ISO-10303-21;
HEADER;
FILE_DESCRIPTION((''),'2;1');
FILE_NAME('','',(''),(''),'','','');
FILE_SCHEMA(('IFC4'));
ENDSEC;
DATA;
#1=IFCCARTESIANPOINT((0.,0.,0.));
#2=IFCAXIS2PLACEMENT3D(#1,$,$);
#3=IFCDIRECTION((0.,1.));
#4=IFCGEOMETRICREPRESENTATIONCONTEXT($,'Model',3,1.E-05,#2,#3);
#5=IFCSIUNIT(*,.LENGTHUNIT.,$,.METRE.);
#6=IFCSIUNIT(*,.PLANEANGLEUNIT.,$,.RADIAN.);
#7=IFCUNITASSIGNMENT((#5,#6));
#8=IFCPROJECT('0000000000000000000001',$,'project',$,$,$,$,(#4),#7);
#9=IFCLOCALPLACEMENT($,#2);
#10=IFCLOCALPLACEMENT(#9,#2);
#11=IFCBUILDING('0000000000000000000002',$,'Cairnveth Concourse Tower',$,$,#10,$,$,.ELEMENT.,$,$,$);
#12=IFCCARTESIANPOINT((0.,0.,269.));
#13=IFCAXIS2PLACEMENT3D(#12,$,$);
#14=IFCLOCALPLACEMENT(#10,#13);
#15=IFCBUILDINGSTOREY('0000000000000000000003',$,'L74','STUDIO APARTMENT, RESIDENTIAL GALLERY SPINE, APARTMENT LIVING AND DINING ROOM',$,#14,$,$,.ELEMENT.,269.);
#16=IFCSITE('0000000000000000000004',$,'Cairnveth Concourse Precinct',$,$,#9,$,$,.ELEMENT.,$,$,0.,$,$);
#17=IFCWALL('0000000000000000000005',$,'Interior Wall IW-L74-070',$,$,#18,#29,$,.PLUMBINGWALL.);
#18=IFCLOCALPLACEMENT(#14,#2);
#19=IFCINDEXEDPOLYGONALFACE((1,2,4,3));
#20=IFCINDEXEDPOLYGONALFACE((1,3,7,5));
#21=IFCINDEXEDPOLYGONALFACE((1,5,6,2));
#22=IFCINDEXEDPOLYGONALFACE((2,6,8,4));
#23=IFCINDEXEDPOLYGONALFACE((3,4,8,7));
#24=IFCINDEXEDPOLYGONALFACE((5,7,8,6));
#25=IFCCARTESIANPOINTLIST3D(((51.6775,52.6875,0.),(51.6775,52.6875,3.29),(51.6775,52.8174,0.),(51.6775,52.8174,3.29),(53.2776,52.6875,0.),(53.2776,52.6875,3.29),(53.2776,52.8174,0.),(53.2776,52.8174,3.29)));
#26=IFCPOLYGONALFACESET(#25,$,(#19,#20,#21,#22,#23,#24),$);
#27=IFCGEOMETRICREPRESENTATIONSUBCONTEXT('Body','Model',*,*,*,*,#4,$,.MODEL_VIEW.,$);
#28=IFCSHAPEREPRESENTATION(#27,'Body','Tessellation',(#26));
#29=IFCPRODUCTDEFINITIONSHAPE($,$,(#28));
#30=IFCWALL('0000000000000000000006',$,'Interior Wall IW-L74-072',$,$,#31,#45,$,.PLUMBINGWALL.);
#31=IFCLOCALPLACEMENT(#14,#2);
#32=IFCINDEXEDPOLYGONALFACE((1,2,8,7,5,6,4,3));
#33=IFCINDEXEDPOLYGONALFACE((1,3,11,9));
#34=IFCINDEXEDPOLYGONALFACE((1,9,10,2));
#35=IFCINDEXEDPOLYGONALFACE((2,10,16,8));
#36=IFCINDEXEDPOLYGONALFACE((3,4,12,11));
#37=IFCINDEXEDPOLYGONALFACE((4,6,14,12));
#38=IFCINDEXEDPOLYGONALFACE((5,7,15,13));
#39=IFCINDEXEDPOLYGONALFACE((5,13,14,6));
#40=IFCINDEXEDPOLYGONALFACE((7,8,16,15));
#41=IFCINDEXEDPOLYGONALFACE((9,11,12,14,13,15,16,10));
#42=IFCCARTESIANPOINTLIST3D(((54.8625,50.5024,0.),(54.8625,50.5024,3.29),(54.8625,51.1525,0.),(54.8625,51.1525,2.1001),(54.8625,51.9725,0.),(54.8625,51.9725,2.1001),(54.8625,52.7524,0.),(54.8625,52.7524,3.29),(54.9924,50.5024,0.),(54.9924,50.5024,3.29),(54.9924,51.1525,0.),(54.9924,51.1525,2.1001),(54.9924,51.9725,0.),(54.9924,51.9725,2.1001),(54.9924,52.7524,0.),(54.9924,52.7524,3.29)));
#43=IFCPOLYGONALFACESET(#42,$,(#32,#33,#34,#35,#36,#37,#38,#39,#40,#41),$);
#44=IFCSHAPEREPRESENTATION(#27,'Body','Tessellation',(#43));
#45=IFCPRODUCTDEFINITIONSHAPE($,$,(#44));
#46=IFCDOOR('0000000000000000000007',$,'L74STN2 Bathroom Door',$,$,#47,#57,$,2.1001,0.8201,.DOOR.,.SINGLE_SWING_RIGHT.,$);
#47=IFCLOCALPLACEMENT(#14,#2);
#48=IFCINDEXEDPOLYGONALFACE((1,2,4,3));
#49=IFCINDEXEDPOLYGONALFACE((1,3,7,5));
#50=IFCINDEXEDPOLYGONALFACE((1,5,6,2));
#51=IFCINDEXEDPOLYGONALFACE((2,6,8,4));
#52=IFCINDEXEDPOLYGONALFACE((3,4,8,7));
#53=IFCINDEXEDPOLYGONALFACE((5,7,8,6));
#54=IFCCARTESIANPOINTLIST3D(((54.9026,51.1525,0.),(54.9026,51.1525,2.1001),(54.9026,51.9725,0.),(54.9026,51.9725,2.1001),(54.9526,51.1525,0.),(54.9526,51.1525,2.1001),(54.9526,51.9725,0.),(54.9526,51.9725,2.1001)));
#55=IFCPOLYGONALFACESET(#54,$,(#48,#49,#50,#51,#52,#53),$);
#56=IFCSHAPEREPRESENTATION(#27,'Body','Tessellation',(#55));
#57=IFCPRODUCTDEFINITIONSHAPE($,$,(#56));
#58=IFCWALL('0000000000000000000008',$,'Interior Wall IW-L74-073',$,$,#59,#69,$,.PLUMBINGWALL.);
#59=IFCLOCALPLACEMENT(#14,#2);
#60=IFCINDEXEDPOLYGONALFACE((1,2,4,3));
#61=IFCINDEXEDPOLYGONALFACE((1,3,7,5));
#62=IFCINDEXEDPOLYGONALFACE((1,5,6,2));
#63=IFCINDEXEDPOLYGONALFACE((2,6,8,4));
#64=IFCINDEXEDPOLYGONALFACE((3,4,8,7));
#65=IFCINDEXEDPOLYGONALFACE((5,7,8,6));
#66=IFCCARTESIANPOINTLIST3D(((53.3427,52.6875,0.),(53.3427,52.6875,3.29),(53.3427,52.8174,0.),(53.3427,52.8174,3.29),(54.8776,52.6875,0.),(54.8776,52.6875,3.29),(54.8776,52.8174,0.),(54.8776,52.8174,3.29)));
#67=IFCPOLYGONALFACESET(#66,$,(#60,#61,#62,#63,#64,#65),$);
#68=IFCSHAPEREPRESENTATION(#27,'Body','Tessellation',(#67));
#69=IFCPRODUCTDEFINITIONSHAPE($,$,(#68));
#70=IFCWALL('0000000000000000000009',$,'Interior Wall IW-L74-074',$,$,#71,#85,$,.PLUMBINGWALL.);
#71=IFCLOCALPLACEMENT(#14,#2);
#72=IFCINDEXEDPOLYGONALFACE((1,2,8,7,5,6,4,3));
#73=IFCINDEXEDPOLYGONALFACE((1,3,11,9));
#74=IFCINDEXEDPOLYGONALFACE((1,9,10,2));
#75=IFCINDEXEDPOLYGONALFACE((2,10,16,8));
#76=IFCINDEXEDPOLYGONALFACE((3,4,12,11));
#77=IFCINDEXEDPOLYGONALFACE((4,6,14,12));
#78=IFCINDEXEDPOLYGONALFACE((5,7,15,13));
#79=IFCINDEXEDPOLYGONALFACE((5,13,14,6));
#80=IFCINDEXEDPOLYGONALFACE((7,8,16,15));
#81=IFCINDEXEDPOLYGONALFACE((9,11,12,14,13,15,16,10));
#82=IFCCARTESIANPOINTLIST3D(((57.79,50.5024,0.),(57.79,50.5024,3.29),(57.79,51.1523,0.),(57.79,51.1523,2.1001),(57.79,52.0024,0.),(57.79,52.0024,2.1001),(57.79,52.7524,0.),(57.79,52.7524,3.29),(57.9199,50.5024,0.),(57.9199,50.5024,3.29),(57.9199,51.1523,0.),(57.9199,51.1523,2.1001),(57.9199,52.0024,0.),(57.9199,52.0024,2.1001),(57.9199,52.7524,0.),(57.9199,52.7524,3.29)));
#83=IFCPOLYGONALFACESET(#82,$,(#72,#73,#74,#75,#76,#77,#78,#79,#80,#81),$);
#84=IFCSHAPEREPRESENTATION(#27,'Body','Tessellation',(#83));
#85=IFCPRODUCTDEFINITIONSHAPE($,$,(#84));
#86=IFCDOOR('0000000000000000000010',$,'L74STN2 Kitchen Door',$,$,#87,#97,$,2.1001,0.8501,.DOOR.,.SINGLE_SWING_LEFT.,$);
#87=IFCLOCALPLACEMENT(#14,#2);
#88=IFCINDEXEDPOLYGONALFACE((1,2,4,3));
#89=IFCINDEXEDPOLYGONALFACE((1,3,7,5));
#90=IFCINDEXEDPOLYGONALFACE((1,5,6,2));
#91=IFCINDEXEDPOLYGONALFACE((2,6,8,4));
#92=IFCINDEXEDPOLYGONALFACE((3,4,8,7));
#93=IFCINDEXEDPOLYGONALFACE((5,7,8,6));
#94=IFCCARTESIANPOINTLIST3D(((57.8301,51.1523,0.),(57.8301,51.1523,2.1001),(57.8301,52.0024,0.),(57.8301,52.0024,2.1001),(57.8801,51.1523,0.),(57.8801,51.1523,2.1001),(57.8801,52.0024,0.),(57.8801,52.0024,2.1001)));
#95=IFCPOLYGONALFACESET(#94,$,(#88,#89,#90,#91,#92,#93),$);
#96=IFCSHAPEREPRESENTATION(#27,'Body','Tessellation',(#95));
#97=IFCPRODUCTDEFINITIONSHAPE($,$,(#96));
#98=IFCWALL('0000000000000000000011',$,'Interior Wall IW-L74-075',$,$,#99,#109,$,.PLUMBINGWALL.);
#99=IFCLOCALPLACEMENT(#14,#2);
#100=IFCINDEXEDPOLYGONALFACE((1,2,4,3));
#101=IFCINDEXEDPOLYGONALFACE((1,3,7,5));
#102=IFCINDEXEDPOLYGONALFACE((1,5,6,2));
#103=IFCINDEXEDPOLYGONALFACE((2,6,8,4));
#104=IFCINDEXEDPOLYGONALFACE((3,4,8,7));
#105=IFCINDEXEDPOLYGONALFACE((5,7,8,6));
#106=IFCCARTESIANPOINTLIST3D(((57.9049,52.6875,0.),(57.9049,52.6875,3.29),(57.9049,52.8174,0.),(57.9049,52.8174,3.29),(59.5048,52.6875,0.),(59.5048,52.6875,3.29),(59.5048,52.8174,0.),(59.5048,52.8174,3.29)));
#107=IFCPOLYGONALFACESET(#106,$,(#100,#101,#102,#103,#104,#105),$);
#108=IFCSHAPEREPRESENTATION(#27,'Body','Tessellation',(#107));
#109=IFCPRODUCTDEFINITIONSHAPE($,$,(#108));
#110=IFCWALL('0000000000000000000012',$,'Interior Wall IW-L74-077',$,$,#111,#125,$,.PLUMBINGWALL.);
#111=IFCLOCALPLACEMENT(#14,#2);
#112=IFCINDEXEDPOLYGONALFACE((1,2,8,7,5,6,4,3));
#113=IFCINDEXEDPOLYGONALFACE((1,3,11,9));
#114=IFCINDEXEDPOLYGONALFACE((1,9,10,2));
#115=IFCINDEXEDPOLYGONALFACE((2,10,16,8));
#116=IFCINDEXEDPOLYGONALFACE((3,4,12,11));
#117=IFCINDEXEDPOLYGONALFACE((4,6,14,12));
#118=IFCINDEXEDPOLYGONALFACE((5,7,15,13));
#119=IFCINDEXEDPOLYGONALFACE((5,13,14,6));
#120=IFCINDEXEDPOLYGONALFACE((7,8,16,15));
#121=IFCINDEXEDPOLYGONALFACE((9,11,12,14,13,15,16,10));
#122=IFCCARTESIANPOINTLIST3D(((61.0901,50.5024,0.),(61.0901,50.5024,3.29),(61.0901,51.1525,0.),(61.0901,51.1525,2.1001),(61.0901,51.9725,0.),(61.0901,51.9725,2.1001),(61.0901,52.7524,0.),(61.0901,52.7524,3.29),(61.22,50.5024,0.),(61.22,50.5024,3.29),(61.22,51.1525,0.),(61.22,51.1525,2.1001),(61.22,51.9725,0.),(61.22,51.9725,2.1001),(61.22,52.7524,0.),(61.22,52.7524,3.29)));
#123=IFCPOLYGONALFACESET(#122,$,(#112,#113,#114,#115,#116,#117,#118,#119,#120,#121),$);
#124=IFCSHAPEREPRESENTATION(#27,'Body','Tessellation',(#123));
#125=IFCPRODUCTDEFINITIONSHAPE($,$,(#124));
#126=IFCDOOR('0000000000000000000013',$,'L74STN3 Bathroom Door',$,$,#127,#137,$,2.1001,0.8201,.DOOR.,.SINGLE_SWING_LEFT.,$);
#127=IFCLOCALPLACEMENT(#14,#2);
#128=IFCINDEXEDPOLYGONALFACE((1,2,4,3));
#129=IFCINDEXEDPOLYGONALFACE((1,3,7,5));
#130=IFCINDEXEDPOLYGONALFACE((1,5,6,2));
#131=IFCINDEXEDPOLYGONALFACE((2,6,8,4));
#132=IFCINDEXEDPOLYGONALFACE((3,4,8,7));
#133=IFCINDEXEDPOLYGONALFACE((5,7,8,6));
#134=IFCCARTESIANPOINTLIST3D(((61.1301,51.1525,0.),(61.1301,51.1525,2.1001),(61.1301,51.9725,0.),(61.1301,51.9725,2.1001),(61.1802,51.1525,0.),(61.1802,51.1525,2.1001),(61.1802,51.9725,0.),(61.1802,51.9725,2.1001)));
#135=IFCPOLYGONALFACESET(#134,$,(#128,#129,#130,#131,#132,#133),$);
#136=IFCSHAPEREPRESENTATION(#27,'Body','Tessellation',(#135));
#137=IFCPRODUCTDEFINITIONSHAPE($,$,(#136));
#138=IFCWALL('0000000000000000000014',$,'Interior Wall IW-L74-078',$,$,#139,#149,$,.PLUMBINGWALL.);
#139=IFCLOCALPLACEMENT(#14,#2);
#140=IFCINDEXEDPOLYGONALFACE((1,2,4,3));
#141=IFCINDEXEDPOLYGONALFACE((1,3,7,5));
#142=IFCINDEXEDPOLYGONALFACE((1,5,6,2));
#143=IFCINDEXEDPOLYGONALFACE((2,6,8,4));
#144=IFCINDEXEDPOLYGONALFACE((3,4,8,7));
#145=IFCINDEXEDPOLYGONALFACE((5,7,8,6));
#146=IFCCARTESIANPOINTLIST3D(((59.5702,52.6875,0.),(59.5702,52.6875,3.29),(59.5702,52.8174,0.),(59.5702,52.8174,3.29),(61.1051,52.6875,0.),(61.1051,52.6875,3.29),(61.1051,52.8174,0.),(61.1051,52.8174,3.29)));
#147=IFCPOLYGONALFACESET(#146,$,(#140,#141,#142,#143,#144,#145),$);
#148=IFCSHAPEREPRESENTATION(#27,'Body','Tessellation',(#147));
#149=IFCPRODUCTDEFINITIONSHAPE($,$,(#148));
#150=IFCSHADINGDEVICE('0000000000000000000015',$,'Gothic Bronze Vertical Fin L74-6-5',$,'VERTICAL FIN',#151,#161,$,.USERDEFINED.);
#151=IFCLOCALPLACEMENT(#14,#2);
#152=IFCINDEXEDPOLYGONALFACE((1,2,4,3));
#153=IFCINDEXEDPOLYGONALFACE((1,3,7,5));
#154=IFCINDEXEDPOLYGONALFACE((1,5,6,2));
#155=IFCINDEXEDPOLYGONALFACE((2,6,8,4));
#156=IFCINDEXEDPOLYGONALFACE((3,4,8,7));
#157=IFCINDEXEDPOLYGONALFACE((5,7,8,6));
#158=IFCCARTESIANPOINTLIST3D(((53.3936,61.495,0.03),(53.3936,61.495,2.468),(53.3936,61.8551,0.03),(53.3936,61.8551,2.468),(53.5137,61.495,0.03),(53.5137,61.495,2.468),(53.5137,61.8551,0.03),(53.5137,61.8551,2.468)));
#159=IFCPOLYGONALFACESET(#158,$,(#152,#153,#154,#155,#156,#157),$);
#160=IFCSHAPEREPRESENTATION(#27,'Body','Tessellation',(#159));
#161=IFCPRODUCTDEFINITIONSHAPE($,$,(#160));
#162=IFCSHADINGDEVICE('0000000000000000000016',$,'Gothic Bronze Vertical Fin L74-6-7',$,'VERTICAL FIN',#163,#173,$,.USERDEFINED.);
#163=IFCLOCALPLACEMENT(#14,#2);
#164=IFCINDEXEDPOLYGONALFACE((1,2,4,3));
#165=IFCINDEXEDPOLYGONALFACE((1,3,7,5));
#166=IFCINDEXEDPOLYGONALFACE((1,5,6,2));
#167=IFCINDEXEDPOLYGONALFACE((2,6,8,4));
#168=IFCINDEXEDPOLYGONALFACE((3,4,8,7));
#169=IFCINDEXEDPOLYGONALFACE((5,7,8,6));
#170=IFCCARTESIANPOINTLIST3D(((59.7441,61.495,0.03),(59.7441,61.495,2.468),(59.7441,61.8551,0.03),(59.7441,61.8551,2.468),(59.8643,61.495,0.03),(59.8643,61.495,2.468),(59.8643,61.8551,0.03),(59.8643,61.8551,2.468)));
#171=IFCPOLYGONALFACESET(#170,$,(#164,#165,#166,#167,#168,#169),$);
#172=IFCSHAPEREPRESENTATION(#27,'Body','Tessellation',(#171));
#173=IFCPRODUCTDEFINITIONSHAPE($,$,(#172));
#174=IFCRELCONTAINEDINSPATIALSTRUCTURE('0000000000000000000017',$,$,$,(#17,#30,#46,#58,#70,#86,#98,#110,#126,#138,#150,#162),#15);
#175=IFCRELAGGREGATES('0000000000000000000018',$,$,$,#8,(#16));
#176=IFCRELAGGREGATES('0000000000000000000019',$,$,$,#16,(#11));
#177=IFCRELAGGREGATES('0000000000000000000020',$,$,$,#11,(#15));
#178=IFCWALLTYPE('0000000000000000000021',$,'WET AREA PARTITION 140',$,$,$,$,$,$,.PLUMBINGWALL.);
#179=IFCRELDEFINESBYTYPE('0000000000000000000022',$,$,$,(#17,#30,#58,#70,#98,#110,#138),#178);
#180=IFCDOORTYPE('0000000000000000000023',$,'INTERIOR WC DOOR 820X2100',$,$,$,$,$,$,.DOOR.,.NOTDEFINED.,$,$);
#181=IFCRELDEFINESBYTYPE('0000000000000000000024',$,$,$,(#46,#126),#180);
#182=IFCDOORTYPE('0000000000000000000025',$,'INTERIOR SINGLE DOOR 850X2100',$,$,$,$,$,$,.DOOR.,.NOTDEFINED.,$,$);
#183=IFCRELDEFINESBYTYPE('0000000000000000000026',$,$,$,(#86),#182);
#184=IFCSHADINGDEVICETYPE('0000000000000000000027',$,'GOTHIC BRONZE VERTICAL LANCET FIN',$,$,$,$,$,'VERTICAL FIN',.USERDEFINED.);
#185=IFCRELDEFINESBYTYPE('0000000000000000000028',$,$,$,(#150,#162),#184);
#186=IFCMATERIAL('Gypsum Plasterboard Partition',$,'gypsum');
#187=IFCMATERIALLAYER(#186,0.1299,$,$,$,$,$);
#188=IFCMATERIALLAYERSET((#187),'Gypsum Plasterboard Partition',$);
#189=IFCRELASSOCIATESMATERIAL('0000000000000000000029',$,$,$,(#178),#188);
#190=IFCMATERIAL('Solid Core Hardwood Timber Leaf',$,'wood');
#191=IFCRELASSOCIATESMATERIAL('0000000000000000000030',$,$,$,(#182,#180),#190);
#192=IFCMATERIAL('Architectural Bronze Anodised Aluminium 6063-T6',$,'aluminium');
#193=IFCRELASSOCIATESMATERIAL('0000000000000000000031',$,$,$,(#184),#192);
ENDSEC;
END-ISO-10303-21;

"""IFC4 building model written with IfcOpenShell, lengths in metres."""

from ifc_helpers import new_model, si_unit, direction, frame, frame_2d, origin, origin_2d, place, context, subcontext, project, spatial, rectangle, extrude, material, layer, layer_set, type_object, element, fill, save


model = new_model("IFC4")

# Units and contexts
model_context = context("Model", 3, precision=1e-05, world=origin(), true_north=direction((0.0, 1.0)))
body_context = subcontext(model_context, "Body", "Model", "MODEL_VIEW")
ifc_project = project(units=[si_unit("LENGTHUNIT", "METRE"), si_unit("PLANEANGLEUNIT", "RADIAN")], contexts=[model_context])

# Site, building, storey
site_placement = place(None, origin())
site = spatial("IfcSite", under=ifc_project, at=site_placement, Name="Cairnveth Concourse Precinct", CompositionType="ELEMENT", RefElevation=0.0)
building_placement = place(site_placement, origin())
building = spatial("IfcBuilding", under=site, at=building_placement, Name="Cairnveth Concourse Tower", CompositionType="ELEMENT")
storey_placement = place(building_placement, frame((0.0, 0.0, 269.0)))
storey = spatial("IfcBuildingStorey", under=building, at=storey_placement, Name="L74", Description="STUDIO APARTMENT, RESIDENTIAL GALLERY SPINE, APARTMENT LIVING AND DINING ROOM", CompositionType="ELEMENT", Elevation=269.0)

# Shared definitions
ifc_material_1 = material(Name="Gypsum Plasterboard Partition", Category="gypsum")

# Shared definitions
ifc_layer_1 = layer(ifc_material_1, 0.1299)
ifc_layer_set_1 = layer_set([ifc_layer_1], Name="Gypsum Plasterboard Partition")
wall_type_1 = type_object("IfcWallType", Name="WET AREA PARTITION 140", PredefinedType="PLUMBINGWALL", material=ifc_layer_set_1)
ifc_material_2 = material(Name="Solid Core Hardwood Timber Leaf", Category="wood")
door_type_1 = type_object("IfcDoorType", Name="INTERIOR SINGLE DOOR 850X2100", OperationType="NOTDEFINED", PredefinedType="DOOR", material=ifc_material_2)

# Wall
wall_1_placement = place(storey_placement, frame((51.6775, 52.7524, 0.0), z_axis=(0.0, 0.0, 1.0), x_axis=(1.0, 0.0, 0.0)))
element("IfcWall", 1, at=wall_1_placement, inside=storey, type_object=wall_type_1, Name="Interior Wall IW-L74-070", PredefinedType="PLUMBINGWALL", context=body_context, shape_type="SweptSolid", body=[
    extrude(rectangle(XDim=1.6001, YDim=0.1299, at=frame_2d((0.8, 0.0))), origin(), (0.0, 0.0, 1.0), 3.29),
])

# Wall, opening, door
wall_2_placement = place(storey_placement, frame((54.9275, 50.5024, 0.0), z_axis=(0.0, 0.0, 1.0), x_axis=(0.0, 1.0, 0.0)))
wall_2 = element("IfcWall", 2, at=wall_2_placement, inside=storey, type_object=wall_type_1, Name="Interior Wall IW-L74-072", PredefinedType="PLUMBINGWALL", context=body_context, shape_type="SweptSolid", body=[
    extrude(rectangle(XDim=2.25, YDim=0.1299, at=frame_2d((1.125, 0.0))), origin(), (0.0, 0.0, 1.0), 3.29),
])
opening_1_placement = place(wall_2_placement, frame((0.6499, 0.0, 0.0)))
opening_1 = element("IfcOpeningElement", 3, at=opening_1_placement, cuts=wall_2, PredefinedType="OPENING", context=body_context, shape_type="SweptSolid", body=[
    extrude(rectangle(XDim=0.8201, YDim=2.1001, at=frame_2d((0.4102, 1.05))), frame((0.0, 0.075, 0.0), z_axis=(0.0, -1.0, 0.0), x_axis=(1.0, 0.0, 0.0)), (0.0, 0.0, 1.0), 0.1499),
])
door_type_2 = type_object("IfcDoorType", Name="INTERIOR WC DOOR 820X2100", OperationType="NOTDEFINED", PredefinedType="DOOR", material=ifc_material_2)
door_1_placement = place(opening_1_placement, origin())
door_1 = element("IfcDoor", 4, at=door_1_placement, inside=storey, type_object=door_type_2, Name="L74STN2 Bathroom Door", OperationType="SINGLE_SWING_RIGHT", OverallHeight=2.1001, OverallWidth=0.8201, PredefinedType="DOOR", context=body_context, shape_type="SweptSolid", body=[
    extrude(rectangle(XDim=0.8201, YDim=2.1001, at=frame_2d((0.4102, 1.05))), frame((0.0, 0.0249, 0.0), z_axis=(0.0, -1.0, 0.0), x_axis=(1.0, 0.0, 0.0)), (0.0, 0.0, 1.0), 0.05),
])
fill(opening_1, door_1)

# Wall
wall_3_placement = place(storey_placement, frame((53.3425, 52.7524, 0.0), z_axis=(0.0, 0.0, 1.0), x_axis=(1.0, 0.0, 0.0)))
element("IfcWall", 5, at=wall_3_placement, inside=storey, type_object=wall_type_1, Name="Interior Wall IW-L74-073", PredefinedType="PLUMBINGWALL", context=body_context, shape_type="SweptSolid", body=[
    extrude(rectangle(XDim=1.5349, YDim=0.1299, at=frame_2d((0.7676, 0.0))), origin(), (0.0, 0.0, 1.0), 3.29),
])

# Wall, opening, door
wall_4_placement = place(storey_placement, frame((57.855, 50.5024, 0.0), z_axis=(0.0, 0.0, 1.0), x_axis=(0.0, 1.0, 0.0)))
wall_4 = element("IfcWall", 6, at=wall_4_placement, inside=storey, type_object=wall_type_1, Name="Interior Wall IW-L74-074", PredefinedType="PLUMBINGWALL", context=body_context, shape_type="SweptSolid", body=[
    extrude(rectangle(XDim=2.25, YDim=0.1299, at=frame_2d((1.125, 0.0))), origin(), (0.0, 0.0, 1.0), 3.29),
])
opening_2_placement = place(wall_4_placement, frame((0.6499, 0.0, 0.0)))
opening_2 = element("IfcOpeningElement", 7, at=opening_2_placement, cuts=wall_4, PredefinedType="OPENING", context=body_context, shape_type="SweptSolid", body=[
    extrude(rectangle(XDim=0.8501, YDim=2.1001, at=frame_2d((0.425, 1.05))), frame((0.0, 0.075, 0.0), z_axis=(0.0, -1.0, 0.0), x_axis=(1.0, 0.0, 0.0)), (0.0, 0.0, 1.0), 0.1499),
])
door_2_placement = place(opening_2_placement, origin())
door_2 = element("IfcDoor", 8, at=door_2_placement, inside=storey, type_object=door_type_1, Name="L74STN2 Kitchen Door", OperationType="SINGLE_SWING_LEFT", OverallHeight=2.1001, OverallWidth=0.8501, PredefinedType="DOOR", context=body_context, shape_type="SweptSolid", body=[
    extrude(rectangle(XDim=0.8501, YDim=2.1001, at=frame_2d((0.425, 1.05))), frame((0.0, 0.0249, 0.0), z_axis=(0.0, -1.0, 0.0), x_axis=(1.0, 0.0, 0.0)), (0.0, 0.0, 1.0), 0.05),
])
fill(opening_2, door_2)

# Wall
wall_5_placement = place(storey_placement, frame((57.905, 52.7524, 0.0), z_axis=(0.0, 0.0, 1.0), x_axis=(1.0, 0.0, 0.0)))
element("IfcWall", 9, at=wall_5_placement, inside=storey, type_object=wall_type_1, Name="Interior Wall IW-L74-075", PredefinedType="PLUMBINGWALL", context=body_context, shape_type="SweptSolid", body=[
    extrude(rectangle(XDim=1.5999, YDim=0.1299, at=frame_2d((0.7998, 0.0))), origin(), (0.0, 0.0, 1.0), 3.29),
])

# Wall, opening, door
wall_6_placement = place(storey_placement, frame((61.155, 50.5024, 0.0), z_axis=(0.0, 0.0, 1.0), x_axis=(0.0, 1.0, 0.0)))
wall_6 = element("IfcWall", 10, at=wall_6_placement, inside=storey, type_object=wall_type_1, Name="Interior Wall IW-L74-077", PredefinedType="PLUMBINGWALL", context=body_context, shape_type="SweptSolid", body=[
    extrude(rectangle(XDim=2.25, YDim=0.1299, at=frame_2d((1.125, 0.0))), origin(), (0.0, 0.0, 1.0), 3.29),
])
opening_3_placement = place(wall_6_placement, frame((0.6499, 0.0, 0.0)))
opening_3 = element("IfcOpeningElement", 11, at=opening_3_placement, cuts=wall_6, PredefinedType="OPENING", context=body_context, shape_type="SweptSolid", body=[
    extrude(rectangle(XDim=0.8201, YDim=2.1001, at=frame_2d((0.4102, 1.05))), frame((0.0, 0.075, 0.0), z_axis=(0.0, -1.0, 0.0), x_axis=(1.0, 0.0, 0.0)), (0.0, 0.0, 1.0), 0.1499),
])
door_3_placement = place(opening_3_placement, origin())
door_3 = element("IfcDoor", 12, at=door_3_placement, inside=storey, type_object=door_type_2, Name="L74STN3 Bathroom Door", OperationType="SINGLE_SWING_LEFT", OverallHeight=2.1001, OverallWidth=0.8201, PredefinedType="DOOR", context=body_context, shape_type="SweptSolid", body=[
    extrude(rectangle(XDim=0.8201, YDim=2.1001, at=frame_2d((0.4102, 1.05))), frame((0.0, 0.0249, 0.0), z_axis=(0.0, -1.0, 0.0), x_axis=(1.0, 0.0, 0.0)), (0.0, 0.0, 1.0), 0.05),
])
fill(opening_3, door_3)

# Wall
wall_7_placement = place(storey_placement, frame((59.5701, 52.7524, 0.0), z_axis=(0.0, 0.0, 1.0), x_axis=(1.0, 0.0, 0.0)))
element("IfcWall", 13, at=wall_7_placement, inside=storey, type_object=wall_type_1, Name="Interior Wall IW-L74-078", PredefinedType="PLUMBINGWALL", context=body_context, shape_type="SweptSolid", body=[
    extrude(rectangle(XDim=1.5349, YDim=0.1299, at=frame_2d((0.7676, 0.0))), origin(), (0.0, 0.0, 1.0), 3.29),
])

# Shading devices
ifc_material_3 = material(Name="Architectural Bronze Anodised Aluminium 6063-T6", Category="aluminium")
shading_device_type = type_object("IfcShadingDeviceType", Name="GOTHIC BRONZE VERTICAL LANCET FIN", ElementType="VERTICAL FIN", PredefinedType="USERDEFINED", material=ifc_material_3)
for number, where, z_axis, x_axis, name in (
    (14, (53.4536, 61.675, 0.03), (0.0, 0.0, 1.0), (1.0, 0.0, 0.0), "Gothic Bronze Vertical Fin L74-6-5"),
    (15, (59.8042, 61.675, 0.03), (0.0, 0.0, 1.0), (1.0, 0.0, 0.0), "Gothic Bronze Vertical Fin L74-6-7"),
):
    element("IfcShadingDevice", number, at=place(storey_placement, frame(where, z_axis=z_axis, x_axis=x_axis)), inside=storey, type_object=shading_device_type, Name=name, ObjectType="VERTICAL FIN", PredefinedType="USERDEFINED", context=body_context, shape_type="SweptSolid", body=[
        extrude(rectangle(XDim=0.1201, YDim=0.3601, at=origin_2d()), origin(), (0.0, 0.0, 1.0), 2.438),
    ])

save(model, "model.ifc")
